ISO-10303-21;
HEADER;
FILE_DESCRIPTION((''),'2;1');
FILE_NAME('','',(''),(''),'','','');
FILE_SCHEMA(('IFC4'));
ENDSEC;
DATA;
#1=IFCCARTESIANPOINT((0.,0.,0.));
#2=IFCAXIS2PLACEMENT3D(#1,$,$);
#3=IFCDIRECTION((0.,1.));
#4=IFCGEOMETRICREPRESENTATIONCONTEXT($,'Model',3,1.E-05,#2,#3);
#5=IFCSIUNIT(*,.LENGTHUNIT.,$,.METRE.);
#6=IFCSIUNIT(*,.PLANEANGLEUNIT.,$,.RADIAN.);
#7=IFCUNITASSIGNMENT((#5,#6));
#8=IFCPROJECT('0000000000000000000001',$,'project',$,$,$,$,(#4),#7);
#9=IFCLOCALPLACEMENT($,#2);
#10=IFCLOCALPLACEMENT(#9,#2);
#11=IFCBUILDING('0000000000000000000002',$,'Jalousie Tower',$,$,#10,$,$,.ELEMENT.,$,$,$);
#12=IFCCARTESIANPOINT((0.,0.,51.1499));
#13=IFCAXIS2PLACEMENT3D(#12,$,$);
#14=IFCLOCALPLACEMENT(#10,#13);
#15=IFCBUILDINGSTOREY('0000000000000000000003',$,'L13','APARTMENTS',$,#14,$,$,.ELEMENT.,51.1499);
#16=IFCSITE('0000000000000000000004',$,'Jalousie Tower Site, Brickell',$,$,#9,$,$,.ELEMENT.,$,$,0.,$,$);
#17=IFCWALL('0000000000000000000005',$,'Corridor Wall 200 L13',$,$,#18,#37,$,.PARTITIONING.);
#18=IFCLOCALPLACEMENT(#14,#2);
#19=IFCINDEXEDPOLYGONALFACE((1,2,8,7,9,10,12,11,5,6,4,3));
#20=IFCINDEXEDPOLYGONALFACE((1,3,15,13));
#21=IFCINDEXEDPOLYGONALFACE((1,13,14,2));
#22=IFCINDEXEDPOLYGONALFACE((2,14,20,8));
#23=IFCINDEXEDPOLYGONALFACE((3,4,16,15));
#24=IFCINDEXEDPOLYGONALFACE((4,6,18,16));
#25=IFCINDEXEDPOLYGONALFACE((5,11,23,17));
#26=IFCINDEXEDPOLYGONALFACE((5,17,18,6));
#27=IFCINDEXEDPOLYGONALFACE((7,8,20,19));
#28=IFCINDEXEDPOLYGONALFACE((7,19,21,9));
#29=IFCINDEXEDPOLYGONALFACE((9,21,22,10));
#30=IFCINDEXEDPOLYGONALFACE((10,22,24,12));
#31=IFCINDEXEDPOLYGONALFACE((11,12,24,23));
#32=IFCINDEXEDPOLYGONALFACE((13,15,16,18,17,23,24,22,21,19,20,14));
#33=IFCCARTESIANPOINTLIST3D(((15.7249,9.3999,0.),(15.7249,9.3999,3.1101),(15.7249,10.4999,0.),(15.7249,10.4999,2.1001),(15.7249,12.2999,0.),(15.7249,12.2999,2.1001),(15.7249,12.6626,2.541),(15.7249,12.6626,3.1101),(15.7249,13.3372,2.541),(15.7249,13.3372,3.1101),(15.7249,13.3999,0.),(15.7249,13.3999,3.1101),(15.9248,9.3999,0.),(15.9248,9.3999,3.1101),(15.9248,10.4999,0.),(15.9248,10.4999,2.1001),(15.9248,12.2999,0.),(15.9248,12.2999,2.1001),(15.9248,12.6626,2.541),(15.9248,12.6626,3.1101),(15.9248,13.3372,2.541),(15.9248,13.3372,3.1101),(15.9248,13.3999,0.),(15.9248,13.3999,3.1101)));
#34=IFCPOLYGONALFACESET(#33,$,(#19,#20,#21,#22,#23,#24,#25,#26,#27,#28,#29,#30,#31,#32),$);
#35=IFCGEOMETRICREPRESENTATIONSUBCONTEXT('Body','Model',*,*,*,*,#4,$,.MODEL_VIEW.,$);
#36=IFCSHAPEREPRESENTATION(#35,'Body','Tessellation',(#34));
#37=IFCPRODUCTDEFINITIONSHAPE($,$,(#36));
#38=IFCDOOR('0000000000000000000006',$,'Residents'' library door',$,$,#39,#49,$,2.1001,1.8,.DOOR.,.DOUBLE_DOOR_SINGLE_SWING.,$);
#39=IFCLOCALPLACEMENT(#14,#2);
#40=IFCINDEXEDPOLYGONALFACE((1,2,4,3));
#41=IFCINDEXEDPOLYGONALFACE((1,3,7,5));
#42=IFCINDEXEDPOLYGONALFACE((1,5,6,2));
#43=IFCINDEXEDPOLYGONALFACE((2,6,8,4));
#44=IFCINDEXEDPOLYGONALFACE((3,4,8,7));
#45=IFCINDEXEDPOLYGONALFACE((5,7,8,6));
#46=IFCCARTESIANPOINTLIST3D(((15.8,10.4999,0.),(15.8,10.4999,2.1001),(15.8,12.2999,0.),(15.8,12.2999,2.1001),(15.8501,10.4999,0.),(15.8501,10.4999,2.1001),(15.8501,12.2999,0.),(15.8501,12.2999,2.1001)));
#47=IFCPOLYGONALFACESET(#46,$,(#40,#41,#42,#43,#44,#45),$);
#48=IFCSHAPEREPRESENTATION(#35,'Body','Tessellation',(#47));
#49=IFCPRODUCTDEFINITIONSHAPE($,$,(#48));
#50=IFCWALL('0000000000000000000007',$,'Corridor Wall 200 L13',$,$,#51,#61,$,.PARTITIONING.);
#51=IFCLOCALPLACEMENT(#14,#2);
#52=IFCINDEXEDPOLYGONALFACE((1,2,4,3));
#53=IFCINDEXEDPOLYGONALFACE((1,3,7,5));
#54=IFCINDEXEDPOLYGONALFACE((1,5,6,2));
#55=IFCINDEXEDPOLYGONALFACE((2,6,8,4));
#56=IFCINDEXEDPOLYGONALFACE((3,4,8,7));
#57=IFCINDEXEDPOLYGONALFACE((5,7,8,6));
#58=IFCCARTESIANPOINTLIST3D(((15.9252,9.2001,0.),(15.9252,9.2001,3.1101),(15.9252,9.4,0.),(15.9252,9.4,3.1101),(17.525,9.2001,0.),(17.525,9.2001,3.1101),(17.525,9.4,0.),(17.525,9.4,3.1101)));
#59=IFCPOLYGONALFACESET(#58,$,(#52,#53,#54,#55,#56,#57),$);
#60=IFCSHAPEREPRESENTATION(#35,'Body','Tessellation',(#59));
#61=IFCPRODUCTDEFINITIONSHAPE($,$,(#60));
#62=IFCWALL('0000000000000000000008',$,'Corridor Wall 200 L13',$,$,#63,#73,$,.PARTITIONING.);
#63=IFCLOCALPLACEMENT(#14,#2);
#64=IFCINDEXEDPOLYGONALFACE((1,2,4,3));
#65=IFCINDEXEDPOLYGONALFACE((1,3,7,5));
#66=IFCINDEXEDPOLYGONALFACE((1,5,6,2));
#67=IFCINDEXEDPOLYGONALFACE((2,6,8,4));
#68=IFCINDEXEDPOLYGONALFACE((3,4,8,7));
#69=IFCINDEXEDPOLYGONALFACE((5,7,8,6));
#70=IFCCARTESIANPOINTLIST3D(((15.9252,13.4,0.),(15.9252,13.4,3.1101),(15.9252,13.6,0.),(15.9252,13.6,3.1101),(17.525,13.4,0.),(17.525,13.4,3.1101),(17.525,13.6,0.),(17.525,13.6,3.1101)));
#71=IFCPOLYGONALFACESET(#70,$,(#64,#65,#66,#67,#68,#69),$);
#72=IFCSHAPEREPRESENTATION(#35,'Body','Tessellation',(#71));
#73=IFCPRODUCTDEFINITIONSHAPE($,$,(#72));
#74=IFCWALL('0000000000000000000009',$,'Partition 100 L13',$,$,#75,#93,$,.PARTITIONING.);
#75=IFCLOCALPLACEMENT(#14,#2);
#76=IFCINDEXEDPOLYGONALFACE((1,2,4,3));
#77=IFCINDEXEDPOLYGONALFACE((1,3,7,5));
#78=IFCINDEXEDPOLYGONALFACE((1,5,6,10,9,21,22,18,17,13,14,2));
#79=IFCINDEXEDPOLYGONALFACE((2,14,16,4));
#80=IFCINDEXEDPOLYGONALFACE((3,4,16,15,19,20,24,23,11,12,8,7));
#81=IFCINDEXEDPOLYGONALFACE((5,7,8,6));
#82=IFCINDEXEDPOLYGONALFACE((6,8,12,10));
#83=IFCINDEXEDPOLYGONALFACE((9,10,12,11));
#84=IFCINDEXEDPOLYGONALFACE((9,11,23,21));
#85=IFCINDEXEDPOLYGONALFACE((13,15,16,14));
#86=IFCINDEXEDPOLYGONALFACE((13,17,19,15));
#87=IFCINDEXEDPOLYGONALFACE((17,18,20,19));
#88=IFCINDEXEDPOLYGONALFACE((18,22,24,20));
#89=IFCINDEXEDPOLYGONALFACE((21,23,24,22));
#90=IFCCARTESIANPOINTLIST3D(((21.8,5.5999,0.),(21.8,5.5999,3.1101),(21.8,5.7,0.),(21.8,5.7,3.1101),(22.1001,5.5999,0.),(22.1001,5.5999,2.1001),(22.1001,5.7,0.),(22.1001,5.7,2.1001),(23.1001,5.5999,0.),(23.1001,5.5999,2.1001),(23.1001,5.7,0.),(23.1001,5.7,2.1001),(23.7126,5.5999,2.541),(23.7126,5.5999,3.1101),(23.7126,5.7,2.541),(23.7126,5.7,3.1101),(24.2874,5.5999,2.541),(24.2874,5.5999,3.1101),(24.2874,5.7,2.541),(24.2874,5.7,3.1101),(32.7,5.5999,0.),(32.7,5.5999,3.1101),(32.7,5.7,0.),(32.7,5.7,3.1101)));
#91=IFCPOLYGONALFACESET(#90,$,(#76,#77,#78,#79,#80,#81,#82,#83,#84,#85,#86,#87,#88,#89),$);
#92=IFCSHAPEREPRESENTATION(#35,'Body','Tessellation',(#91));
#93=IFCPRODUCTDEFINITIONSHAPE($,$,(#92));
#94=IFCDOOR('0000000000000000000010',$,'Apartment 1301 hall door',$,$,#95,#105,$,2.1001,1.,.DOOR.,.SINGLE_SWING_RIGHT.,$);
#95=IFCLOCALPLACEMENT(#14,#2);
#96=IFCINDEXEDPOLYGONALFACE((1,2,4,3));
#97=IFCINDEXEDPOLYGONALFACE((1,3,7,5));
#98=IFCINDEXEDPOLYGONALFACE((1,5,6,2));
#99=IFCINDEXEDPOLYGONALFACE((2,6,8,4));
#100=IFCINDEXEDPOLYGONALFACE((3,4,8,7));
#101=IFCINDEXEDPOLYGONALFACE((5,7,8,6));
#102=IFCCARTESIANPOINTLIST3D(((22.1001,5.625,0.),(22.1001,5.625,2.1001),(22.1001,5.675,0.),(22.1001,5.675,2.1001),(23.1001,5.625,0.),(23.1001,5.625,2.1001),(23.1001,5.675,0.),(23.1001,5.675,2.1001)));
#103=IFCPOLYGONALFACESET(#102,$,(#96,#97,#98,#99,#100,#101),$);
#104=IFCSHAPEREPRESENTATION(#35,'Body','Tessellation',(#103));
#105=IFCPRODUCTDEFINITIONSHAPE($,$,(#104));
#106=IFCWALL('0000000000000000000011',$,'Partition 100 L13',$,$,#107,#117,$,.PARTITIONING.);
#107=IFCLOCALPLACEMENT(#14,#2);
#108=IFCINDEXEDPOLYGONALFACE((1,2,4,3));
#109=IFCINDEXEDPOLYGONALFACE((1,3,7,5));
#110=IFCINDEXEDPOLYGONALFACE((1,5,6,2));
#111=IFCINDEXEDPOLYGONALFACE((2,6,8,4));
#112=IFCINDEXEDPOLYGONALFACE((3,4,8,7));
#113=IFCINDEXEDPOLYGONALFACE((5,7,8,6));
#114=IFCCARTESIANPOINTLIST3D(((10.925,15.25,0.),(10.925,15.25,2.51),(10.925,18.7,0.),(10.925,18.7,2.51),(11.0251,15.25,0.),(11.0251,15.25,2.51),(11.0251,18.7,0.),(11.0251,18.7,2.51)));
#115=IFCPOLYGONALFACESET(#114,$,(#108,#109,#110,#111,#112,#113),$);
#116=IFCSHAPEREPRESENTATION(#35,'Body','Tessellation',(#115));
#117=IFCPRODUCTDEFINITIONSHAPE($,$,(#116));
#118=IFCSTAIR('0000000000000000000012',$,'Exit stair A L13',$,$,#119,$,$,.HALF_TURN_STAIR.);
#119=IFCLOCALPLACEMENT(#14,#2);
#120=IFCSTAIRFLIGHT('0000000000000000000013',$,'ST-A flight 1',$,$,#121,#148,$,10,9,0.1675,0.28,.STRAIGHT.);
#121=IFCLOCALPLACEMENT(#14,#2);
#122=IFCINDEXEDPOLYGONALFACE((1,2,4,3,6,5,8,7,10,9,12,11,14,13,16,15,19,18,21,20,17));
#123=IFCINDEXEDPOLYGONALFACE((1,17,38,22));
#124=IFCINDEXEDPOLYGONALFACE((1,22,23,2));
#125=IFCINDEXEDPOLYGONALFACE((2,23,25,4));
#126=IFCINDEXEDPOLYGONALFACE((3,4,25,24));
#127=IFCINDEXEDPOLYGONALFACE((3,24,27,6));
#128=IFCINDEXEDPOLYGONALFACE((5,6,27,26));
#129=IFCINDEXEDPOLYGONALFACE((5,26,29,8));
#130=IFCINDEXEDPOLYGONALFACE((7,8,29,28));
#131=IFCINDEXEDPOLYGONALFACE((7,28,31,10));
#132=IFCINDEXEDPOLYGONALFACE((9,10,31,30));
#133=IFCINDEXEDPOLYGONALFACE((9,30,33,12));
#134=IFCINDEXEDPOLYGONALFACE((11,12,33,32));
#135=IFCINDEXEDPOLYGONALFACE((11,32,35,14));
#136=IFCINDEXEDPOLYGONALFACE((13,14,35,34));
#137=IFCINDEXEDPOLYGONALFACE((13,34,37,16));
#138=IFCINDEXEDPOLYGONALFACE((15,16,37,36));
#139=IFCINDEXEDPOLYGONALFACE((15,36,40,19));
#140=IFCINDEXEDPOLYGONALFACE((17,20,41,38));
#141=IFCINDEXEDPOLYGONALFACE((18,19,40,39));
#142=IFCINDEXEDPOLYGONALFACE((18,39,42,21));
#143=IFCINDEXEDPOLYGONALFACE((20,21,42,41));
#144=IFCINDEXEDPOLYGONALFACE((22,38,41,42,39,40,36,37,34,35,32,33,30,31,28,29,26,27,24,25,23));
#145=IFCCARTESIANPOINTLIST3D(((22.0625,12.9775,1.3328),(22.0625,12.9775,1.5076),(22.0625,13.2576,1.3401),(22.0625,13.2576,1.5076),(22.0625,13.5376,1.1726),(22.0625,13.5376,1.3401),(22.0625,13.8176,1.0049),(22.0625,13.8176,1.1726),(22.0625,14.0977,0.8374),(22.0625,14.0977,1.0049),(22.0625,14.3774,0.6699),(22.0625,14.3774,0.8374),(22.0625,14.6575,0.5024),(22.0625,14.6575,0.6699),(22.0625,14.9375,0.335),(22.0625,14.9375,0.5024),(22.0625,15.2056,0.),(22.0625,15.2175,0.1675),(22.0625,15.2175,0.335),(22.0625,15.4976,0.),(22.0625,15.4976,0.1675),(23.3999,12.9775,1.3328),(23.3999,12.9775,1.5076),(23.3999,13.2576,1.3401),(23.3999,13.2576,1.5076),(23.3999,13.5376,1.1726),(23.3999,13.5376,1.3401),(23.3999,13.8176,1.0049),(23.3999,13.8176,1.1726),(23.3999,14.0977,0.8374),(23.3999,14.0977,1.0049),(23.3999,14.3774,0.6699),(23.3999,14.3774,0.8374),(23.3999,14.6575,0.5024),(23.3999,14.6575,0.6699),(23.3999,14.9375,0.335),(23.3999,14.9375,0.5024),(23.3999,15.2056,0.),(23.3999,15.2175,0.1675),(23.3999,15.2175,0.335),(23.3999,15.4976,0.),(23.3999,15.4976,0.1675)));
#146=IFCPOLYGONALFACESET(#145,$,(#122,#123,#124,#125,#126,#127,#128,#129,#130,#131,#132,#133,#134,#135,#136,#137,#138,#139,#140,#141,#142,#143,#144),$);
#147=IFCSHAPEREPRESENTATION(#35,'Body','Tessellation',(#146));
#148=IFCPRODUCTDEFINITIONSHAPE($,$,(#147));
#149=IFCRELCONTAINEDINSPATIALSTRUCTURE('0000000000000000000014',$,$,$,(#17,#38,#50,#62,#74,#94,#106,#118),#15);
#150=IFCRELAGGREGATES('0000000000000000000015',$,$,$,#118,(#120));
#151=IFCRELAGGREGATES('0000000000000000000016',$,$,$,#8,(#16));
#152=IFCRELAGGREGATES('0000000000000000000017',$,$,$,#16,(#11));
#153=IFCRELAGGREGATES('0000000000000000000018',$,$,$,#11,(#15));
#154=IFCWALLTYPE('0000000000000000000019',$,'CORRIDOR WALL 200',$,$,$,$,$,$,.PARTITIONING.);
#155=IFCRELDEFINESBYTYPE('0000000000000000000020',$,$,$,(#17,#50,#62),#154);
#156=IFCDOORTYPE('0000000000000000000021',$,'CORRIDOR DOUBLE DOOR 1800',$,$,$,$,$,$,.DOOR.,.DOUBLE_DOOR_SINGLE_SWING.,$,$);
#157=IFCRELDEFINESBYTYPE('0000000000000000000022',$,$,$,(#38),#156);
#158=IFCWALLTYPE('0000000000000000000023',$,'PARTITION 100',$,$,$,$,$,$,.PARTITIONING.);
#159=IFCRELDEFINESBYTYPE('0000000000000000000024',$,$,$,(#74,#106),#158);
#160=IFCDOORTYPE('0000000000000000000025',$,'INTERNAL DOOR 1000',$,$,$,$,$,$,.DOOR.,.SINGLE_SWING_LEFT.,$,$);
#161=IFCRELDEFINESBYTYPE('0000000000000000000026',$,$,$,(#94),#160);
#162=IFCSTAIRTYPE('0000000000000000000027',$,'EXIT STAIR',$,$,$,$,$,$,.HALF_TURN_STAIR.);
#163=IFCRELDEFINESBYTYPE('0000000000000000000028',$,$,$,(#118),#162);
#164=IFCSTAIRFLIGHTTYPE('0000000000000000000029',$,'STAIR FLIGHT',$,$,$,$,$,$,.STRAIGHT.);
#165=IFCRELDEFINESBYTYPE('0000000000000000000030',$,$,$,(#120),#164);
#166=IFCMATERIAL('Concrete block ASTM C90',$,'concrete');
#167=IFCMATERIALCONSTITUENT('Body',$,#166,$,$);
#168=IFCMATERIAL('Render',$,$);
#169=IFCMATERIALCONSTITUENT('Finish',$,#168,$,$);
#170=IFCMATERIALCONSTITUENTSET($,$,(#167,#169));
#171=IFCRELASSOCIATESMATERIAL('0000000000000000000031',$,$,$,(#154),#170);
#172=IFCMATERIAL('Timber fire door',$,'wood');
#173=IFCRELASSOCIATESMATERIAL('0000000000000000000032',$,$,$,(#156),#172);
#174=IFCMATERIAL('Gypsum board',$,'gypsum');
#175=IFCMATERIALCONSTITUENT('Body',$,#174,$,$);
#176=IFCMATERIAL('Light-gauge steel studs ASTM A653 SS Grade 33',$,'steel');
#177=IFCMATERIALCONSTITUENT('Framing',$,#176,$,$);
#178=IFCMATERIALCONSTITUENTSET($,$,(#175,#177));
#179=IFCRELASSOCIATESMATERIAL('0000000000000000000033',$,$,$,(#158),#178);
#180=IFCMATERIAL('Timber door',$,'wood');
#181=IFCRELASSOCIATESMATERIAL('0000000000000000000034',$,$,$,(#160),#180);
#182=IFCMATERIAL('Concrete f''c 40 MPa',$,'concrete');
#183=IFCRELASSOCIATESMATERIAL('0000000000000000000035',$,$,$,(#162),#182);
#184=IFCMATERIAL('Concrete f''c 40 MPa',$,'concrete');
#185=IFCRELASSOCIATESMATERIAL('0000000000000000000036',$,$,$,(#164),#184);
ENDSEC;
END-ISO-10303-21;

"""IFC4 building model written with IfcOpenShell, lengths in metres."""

from ifc_helpers import new_model, si_unit, direction, frame, frame_2d, origin, place, context, subcontext, project, spatial, polyline, rectangle, outline, extrude, material, constituent, constituent_set, type_object, element, fill, aggregate, save


model = new_model("IFC4")

# Units and contexts
model_context = context("Model", 3, precision=1e-05, world=origin(), true_north=direction((0.0, 1.0)))
body_context = subcontext(model_context, "Body", "Model", "MODEL_VIEW")
ifc_project = project(units=[si_unit("LENGTHUNIT", "METRE"), si_unit("PLANEANGLEUNIT", "RADIAN")], contexts=[model_context])

# Site, building, storey
site_placement = place(None, origin())
site = spatial("IfcSite", under=ifc_project, at=site_placement, Name="Jalousie Tower Site, Brickell", CompositionType="ELEMENT", RefElevation=0.0)
building_placement = place(site_placement, origin())
building = spatial("IfcBuilding", under=site, at=building_placement, Name="Jalousie Tower", CompositionType="ELEMENT")
storey_placement = place(building_placement, frame((0.0, 0.0, 51.1499)))
storey = spatial("IfcBuildingStorey", under=building, at=storey_placement, Name="L13", Description="APARTMENTS", CompositionType="ELEMENT", Elevation=51.1499)

# Shared definitions
ifc_material_1 = material(Name="Concrete block ASTM C90", Category="concrete")
ifc_constituent_1 = constituent(ifc_material_1, Name="Body")
ifc_material_2 = material(Name="Render")
ifc_constituent_2 = constituent(ifc_material_2, Name="Finish")
ifc_constituent_set_1 = constituent_set(constituents=[ifc_constituent_1, ifc_constituent_2])
wall_type_1 = type_object("IfcWallType", Name="CORRIDOR WALL 200", PredefinedType="PARTITIONING", material=ifc_constituent_set_1)

# Wall, opening, door
wall_1_placement = place(storey_placement, frame((15.825, 9.3999, 0.0), z_axis=(0.0, 0.0, 1.0), x_axis=(0.0, 1.0, 0.0)))
wall_1 = element("IfcWall", 1, at=wall_1_placement, inside=storey, type_object=wall_type_1, Name="Corridor Wall 200 L13", PredefinedType="PARTITIONING", context=body_context, shape_type="SweptSolid", body=[
    extrude(outline(polyline([(0.0, 0.0), (4.0, 0.0), (4.0, 3.1101), (3.9373, 3.1101), (3.9373, 2.541), (3.2627, 2.541), (3.2627, 3.1101), (0.0, 3.1101), (0.0, 0.0)])), frame((0.0, 0.1001, 0.0), z_axis=(0.0, -1.0, 0.0), x_axis=(1.0, 0.0, 0.0)), (0.0, 0.0, 1.0), 0.2),
])
opening_1_placement = place(wall_1_placement, frame((1.1001, 0.0, 0.0)))
opening_1 = element("IfcOpeningElement", 2, at=opening_1_placement, cuts=wall_1, PredefinedType="OPENING", context=body_context, shape_type="SweptSolid", body=[
    extrude(rectangle(XDim=1.8, YDim=2.1001, at=frame_2d((0.8999, 1.05))), frame((0.0, 0.1099, 0.0), z_axis=(0.0, -1.0, 0.0), x_axis=(1.0, 0.0, 0.0)), (0.0, 0.0, 1.0), 0.22),
])
ifc_material_3 = material(Name="Timber fire door", Category="wood")
door_type_1 = type_object("IfcDoorType", Name="CORRIDOR DOUBLE DOOR 1800", OperationType="DOUBLE_DOOR_SINGLE_SWING", PredefinedType="DOOR", material=ifc_material_3)
door_1_placement = place(opening_1_placement, origin())
door_1 = element("IfcDoor", 3, at=door_1_placement, inside=storey, type_object=door_type_1, Name="Residents' library door", OperationType="DOUBLE_DOOR_SINGLE_SWING", OverallHeight=2.1001, OverallWidth=1.8, PredefinedType="DOOR", context=body_context, shape_type="SweptSolid", body=[
    extrude(rectangle(XDim=1.8, YDim=2.1001, at=frame_2d((0.8999, 1.05))), frame((0.0, 0.0249, 0.0), z_axis=(0.0, -1.0, 0.0), x_axis=(1.0, 0.0, 0.0)), (0.0, 0.0, 1.0), 0.05),
])
fill(opening_1, door_1)

# Walls
for number, where, z_axis, x_axis, name in (
    (4, (17.5249, 9.3, 0.0), (0.0, 0.0, 1.0), (-1.0, 0.0, 0.0), "Corridor Wall 200 L13"),
    (5, (17.5249, 13.5, 0.0), (0.0, 0.0, 1.0), (-1.0, 0.0, 0.0), "Corridor Wall 200 L13"),
):
    element("IfcWall", number, at=place(storey_placement, frame(where, z_axis=z_axis, x_axis=x_axis)), inside=storey, type_object=wall_type_1, Name=name, PredefinedType="PARTITIONING", context=body_context, shape_type="SweptSolid", body=[
        extrude(rectangle(XDim=1.5999, YDim=0.2, at=frame_2d((0.7998, 0.0))), origin(), (0.0, 0.0, 1.0), 3.1101),
    ])

# Wall, opening, door
ifc_material_4 = material(Name="Gypsum board", Category="gypsum")
ifc_constituent_3 = constituent(ifc_material_4, Name="Body")
ifc_material_5 = material(Name="Light-gauge steel studs ASTM A653 SS Grade 33", Category="steel")
ifc_constituent_4 = constituent(ifc_material_5, Name="Framing")
ifc_constituent_set_2 = constituent_set(constituents=[ifc_constituent_3, ifc_constituent_4])
wall_type_2 = type_object("IfcWallType", Name="PARTITION 100", PredefinedType="PARTITIONING", material=ifc_constituent_set_2)
wall_2_placement = place(storey_placement, frame((21.8, 5.6499, 0.0), z_axis=(0.0, 0.0, 1.0), x_axis=(1.0, 0.0, 0.0)))
wall_2 = element("IfcWall", 6, at=wall_2_placement, inside=storey, type_object=wall_type_2, Name="Partition 100 L13", PredefinedType="PARTITIONING", context=body_context, shape_type="SweptSolid", body=[
    extrude(outline(polyline([(0.0, 0.0), (10.8999, 0.0), (10.8999, 3.1101), (2.4873, 3.1101), (2.4873, 2.541), (1.9126, 2.541), (1.9126, 3.1101), (0.0, 3.1101), (0.0, 0.0)])), frame((0.0, 0.05, 0.0), z_axis=(0.0, -1.0, 0.0), x_axis=(1.0, 0.0, 0.0)), (0.0, 0.0, 1.0), 0.1001),
])
opening_2_placement = place(wall_2_placement, frame((0.3, 0.0, 0.0)))
opening_2 = element("IfcOpeningElement", 7, at=opening_2_placement, cuts=wall_2, PredefinedType="OPENING", context=body_context, shape_type="SweptSolid", body=[
    extrude(rectangle(XDim=1.0, YDim=2.1001, at=frame_2d((0.5, 1.05))), frame((0.0, 0.0601, 0.0), z_axis=(0.0, -1.0, 0.0), x_axis=(1.0, 0.0, 0.0)), (0.0, 0.0, 1.0), 0.1201),
])
ifc_material_6 = material(Name="Timber door", Category="wood")
door_type_2 = type_object("IfcDoorType", Name="INTERNAL DOOR 1000", OperationType="SINGLE_SWING_LEFT", PredefinedType="DOOR", material=ifc_material_6)
door_2_placement = place(opening_2_placement, frame((1.0, 0.0, 0.0), z_axis=(0.0, 0.0, 1.0), x_axis=(-1.0, 0.0, 0.0)))
door_2 = element("IfcDoor", 8, at=door_2_placement, inside=storey, type_object=door_type_2, Name="Apartment 1301 hall door", OperationType="SINGLE_SWING_RIGHT", OverallHeight=2.1001, OverallWidth=1.0, PredefinedType="DOOR", context=body_context, shape_type="SweptSolid", body=[
    extrude(rectangle(XDim=1.0, YDim=2.1001, at=frame_2d((0.5, 1.05))), frame((0.0, 0.0249, 0.0), z_axis=(0.0, -1.0, 0.0), x_axis=(1.0, 0.0, 0.0)), (0.0, 0.0, 1.0), 0.05),
])
fill(opening_2, door_2)

# Wall
wall_3_placement = place(storey_placement, frame((10.9751, 15.25, 0.0), z_axis=(0.0, 0.0, 1.0), x_axis=(0.0, 1.0, 0.0)))
element("IfcWall", 9, at=wall_3_placement, inside=storey, type_object=wall_type_2, Name="Partition 100 L13", PredefinedType="PARTITIONING", context=body_context, shape_type="SweptSolid", body=[
    extrude(outline(polyline([(0.0, 0.0), (3.45, 0.0), (3.45, 3.1101), (3.45, 2.51), (0.0, 2.51), (0.0, 3.1101), (0.0, 0.0)])), frame((0.0, 0.05, 0.0), z_axis=(0.0, -1.0, 0.0), x_axis=(1.0, 0.0, 0.0)), (0.0, 0.0, 1.0), 0.1001),
])

# Stair, stair flight
ifc_material_7 = material(Name="Concrete f'c 40 MPa", Category="concrete")
stair_type = type_object("IfcStairType", Name="EXIT STAIR", PredefinedType="HALF_TURN_STAIR", material=ifc_material_7)
stair_placement = place(storey_placement, origin())
stair = element("IfcStair", 10, at=stair_placement, inside=storey, type_object=stair_type, Name="Exit stair A L13", PredefinedType="HALF_TURN_STAIR")
ifc_material_8 = material(Name="Concrete f'c 40 MPa", Category="concrete")
stair_flight_type = type_object("IfcStairFlightType", Name="STAIR FLIGHT", PredefinedType="STRAIGHT", material=ifc_material_8)
stair_flight_1_placement = place(storey_placement, frame((22.7312, 15.4976, 0.0), z_axis=(0.0, 0.0, 1.0), x_axis=(0.0, -1.0, 0.0)))
stair_flight_1 = element("IfcStairFlight", 11, at=stair_flight_1_placement, type_object=stair_flight_type, Name="ST-A flight 1", NumberOfRisers=10, NumberOfTreads=9, PredefinedType="STRAIGHT", RiserHeight=0.1675, TreadLength=0.28, context=body_context, shape_type="SweptSolid", body=[
    extrude(outline(polyline([(0.0, 0.0), (0.0, 0.1675), (0.28, 0.1675), (0.28, 0.335), (0.5601, 0.335), (0.5601, 0.5024), (0.8401, 0.5024), (0.8401, 0.6699), (1.1201, 0.6699), (1.1201, 0.8374), (1.3999, 0.8374), (1.3999, 1.0049), (1.6799, 1.0049), (1.6799, 1.1726), (1.96, 1.1726), (1.96, 1.3401), (2.24, 1.3401), (2.24, 1.5076), (2.52, 1.5076), (2.52, 1.675), (2.52, 1.3328), (0.292, 0.0), (0.0, 0.0)])), frame((0.0, 0.6687, 0.0), z_axis=(0.0, -1.0, 0.0), x_axis=(1.0, 0.0, 0.0)), (0.0, 0.0, 1.0), 1.3374),
])
aggregate(stair, [stair_flight_1])

save(model, "model.ifc")
